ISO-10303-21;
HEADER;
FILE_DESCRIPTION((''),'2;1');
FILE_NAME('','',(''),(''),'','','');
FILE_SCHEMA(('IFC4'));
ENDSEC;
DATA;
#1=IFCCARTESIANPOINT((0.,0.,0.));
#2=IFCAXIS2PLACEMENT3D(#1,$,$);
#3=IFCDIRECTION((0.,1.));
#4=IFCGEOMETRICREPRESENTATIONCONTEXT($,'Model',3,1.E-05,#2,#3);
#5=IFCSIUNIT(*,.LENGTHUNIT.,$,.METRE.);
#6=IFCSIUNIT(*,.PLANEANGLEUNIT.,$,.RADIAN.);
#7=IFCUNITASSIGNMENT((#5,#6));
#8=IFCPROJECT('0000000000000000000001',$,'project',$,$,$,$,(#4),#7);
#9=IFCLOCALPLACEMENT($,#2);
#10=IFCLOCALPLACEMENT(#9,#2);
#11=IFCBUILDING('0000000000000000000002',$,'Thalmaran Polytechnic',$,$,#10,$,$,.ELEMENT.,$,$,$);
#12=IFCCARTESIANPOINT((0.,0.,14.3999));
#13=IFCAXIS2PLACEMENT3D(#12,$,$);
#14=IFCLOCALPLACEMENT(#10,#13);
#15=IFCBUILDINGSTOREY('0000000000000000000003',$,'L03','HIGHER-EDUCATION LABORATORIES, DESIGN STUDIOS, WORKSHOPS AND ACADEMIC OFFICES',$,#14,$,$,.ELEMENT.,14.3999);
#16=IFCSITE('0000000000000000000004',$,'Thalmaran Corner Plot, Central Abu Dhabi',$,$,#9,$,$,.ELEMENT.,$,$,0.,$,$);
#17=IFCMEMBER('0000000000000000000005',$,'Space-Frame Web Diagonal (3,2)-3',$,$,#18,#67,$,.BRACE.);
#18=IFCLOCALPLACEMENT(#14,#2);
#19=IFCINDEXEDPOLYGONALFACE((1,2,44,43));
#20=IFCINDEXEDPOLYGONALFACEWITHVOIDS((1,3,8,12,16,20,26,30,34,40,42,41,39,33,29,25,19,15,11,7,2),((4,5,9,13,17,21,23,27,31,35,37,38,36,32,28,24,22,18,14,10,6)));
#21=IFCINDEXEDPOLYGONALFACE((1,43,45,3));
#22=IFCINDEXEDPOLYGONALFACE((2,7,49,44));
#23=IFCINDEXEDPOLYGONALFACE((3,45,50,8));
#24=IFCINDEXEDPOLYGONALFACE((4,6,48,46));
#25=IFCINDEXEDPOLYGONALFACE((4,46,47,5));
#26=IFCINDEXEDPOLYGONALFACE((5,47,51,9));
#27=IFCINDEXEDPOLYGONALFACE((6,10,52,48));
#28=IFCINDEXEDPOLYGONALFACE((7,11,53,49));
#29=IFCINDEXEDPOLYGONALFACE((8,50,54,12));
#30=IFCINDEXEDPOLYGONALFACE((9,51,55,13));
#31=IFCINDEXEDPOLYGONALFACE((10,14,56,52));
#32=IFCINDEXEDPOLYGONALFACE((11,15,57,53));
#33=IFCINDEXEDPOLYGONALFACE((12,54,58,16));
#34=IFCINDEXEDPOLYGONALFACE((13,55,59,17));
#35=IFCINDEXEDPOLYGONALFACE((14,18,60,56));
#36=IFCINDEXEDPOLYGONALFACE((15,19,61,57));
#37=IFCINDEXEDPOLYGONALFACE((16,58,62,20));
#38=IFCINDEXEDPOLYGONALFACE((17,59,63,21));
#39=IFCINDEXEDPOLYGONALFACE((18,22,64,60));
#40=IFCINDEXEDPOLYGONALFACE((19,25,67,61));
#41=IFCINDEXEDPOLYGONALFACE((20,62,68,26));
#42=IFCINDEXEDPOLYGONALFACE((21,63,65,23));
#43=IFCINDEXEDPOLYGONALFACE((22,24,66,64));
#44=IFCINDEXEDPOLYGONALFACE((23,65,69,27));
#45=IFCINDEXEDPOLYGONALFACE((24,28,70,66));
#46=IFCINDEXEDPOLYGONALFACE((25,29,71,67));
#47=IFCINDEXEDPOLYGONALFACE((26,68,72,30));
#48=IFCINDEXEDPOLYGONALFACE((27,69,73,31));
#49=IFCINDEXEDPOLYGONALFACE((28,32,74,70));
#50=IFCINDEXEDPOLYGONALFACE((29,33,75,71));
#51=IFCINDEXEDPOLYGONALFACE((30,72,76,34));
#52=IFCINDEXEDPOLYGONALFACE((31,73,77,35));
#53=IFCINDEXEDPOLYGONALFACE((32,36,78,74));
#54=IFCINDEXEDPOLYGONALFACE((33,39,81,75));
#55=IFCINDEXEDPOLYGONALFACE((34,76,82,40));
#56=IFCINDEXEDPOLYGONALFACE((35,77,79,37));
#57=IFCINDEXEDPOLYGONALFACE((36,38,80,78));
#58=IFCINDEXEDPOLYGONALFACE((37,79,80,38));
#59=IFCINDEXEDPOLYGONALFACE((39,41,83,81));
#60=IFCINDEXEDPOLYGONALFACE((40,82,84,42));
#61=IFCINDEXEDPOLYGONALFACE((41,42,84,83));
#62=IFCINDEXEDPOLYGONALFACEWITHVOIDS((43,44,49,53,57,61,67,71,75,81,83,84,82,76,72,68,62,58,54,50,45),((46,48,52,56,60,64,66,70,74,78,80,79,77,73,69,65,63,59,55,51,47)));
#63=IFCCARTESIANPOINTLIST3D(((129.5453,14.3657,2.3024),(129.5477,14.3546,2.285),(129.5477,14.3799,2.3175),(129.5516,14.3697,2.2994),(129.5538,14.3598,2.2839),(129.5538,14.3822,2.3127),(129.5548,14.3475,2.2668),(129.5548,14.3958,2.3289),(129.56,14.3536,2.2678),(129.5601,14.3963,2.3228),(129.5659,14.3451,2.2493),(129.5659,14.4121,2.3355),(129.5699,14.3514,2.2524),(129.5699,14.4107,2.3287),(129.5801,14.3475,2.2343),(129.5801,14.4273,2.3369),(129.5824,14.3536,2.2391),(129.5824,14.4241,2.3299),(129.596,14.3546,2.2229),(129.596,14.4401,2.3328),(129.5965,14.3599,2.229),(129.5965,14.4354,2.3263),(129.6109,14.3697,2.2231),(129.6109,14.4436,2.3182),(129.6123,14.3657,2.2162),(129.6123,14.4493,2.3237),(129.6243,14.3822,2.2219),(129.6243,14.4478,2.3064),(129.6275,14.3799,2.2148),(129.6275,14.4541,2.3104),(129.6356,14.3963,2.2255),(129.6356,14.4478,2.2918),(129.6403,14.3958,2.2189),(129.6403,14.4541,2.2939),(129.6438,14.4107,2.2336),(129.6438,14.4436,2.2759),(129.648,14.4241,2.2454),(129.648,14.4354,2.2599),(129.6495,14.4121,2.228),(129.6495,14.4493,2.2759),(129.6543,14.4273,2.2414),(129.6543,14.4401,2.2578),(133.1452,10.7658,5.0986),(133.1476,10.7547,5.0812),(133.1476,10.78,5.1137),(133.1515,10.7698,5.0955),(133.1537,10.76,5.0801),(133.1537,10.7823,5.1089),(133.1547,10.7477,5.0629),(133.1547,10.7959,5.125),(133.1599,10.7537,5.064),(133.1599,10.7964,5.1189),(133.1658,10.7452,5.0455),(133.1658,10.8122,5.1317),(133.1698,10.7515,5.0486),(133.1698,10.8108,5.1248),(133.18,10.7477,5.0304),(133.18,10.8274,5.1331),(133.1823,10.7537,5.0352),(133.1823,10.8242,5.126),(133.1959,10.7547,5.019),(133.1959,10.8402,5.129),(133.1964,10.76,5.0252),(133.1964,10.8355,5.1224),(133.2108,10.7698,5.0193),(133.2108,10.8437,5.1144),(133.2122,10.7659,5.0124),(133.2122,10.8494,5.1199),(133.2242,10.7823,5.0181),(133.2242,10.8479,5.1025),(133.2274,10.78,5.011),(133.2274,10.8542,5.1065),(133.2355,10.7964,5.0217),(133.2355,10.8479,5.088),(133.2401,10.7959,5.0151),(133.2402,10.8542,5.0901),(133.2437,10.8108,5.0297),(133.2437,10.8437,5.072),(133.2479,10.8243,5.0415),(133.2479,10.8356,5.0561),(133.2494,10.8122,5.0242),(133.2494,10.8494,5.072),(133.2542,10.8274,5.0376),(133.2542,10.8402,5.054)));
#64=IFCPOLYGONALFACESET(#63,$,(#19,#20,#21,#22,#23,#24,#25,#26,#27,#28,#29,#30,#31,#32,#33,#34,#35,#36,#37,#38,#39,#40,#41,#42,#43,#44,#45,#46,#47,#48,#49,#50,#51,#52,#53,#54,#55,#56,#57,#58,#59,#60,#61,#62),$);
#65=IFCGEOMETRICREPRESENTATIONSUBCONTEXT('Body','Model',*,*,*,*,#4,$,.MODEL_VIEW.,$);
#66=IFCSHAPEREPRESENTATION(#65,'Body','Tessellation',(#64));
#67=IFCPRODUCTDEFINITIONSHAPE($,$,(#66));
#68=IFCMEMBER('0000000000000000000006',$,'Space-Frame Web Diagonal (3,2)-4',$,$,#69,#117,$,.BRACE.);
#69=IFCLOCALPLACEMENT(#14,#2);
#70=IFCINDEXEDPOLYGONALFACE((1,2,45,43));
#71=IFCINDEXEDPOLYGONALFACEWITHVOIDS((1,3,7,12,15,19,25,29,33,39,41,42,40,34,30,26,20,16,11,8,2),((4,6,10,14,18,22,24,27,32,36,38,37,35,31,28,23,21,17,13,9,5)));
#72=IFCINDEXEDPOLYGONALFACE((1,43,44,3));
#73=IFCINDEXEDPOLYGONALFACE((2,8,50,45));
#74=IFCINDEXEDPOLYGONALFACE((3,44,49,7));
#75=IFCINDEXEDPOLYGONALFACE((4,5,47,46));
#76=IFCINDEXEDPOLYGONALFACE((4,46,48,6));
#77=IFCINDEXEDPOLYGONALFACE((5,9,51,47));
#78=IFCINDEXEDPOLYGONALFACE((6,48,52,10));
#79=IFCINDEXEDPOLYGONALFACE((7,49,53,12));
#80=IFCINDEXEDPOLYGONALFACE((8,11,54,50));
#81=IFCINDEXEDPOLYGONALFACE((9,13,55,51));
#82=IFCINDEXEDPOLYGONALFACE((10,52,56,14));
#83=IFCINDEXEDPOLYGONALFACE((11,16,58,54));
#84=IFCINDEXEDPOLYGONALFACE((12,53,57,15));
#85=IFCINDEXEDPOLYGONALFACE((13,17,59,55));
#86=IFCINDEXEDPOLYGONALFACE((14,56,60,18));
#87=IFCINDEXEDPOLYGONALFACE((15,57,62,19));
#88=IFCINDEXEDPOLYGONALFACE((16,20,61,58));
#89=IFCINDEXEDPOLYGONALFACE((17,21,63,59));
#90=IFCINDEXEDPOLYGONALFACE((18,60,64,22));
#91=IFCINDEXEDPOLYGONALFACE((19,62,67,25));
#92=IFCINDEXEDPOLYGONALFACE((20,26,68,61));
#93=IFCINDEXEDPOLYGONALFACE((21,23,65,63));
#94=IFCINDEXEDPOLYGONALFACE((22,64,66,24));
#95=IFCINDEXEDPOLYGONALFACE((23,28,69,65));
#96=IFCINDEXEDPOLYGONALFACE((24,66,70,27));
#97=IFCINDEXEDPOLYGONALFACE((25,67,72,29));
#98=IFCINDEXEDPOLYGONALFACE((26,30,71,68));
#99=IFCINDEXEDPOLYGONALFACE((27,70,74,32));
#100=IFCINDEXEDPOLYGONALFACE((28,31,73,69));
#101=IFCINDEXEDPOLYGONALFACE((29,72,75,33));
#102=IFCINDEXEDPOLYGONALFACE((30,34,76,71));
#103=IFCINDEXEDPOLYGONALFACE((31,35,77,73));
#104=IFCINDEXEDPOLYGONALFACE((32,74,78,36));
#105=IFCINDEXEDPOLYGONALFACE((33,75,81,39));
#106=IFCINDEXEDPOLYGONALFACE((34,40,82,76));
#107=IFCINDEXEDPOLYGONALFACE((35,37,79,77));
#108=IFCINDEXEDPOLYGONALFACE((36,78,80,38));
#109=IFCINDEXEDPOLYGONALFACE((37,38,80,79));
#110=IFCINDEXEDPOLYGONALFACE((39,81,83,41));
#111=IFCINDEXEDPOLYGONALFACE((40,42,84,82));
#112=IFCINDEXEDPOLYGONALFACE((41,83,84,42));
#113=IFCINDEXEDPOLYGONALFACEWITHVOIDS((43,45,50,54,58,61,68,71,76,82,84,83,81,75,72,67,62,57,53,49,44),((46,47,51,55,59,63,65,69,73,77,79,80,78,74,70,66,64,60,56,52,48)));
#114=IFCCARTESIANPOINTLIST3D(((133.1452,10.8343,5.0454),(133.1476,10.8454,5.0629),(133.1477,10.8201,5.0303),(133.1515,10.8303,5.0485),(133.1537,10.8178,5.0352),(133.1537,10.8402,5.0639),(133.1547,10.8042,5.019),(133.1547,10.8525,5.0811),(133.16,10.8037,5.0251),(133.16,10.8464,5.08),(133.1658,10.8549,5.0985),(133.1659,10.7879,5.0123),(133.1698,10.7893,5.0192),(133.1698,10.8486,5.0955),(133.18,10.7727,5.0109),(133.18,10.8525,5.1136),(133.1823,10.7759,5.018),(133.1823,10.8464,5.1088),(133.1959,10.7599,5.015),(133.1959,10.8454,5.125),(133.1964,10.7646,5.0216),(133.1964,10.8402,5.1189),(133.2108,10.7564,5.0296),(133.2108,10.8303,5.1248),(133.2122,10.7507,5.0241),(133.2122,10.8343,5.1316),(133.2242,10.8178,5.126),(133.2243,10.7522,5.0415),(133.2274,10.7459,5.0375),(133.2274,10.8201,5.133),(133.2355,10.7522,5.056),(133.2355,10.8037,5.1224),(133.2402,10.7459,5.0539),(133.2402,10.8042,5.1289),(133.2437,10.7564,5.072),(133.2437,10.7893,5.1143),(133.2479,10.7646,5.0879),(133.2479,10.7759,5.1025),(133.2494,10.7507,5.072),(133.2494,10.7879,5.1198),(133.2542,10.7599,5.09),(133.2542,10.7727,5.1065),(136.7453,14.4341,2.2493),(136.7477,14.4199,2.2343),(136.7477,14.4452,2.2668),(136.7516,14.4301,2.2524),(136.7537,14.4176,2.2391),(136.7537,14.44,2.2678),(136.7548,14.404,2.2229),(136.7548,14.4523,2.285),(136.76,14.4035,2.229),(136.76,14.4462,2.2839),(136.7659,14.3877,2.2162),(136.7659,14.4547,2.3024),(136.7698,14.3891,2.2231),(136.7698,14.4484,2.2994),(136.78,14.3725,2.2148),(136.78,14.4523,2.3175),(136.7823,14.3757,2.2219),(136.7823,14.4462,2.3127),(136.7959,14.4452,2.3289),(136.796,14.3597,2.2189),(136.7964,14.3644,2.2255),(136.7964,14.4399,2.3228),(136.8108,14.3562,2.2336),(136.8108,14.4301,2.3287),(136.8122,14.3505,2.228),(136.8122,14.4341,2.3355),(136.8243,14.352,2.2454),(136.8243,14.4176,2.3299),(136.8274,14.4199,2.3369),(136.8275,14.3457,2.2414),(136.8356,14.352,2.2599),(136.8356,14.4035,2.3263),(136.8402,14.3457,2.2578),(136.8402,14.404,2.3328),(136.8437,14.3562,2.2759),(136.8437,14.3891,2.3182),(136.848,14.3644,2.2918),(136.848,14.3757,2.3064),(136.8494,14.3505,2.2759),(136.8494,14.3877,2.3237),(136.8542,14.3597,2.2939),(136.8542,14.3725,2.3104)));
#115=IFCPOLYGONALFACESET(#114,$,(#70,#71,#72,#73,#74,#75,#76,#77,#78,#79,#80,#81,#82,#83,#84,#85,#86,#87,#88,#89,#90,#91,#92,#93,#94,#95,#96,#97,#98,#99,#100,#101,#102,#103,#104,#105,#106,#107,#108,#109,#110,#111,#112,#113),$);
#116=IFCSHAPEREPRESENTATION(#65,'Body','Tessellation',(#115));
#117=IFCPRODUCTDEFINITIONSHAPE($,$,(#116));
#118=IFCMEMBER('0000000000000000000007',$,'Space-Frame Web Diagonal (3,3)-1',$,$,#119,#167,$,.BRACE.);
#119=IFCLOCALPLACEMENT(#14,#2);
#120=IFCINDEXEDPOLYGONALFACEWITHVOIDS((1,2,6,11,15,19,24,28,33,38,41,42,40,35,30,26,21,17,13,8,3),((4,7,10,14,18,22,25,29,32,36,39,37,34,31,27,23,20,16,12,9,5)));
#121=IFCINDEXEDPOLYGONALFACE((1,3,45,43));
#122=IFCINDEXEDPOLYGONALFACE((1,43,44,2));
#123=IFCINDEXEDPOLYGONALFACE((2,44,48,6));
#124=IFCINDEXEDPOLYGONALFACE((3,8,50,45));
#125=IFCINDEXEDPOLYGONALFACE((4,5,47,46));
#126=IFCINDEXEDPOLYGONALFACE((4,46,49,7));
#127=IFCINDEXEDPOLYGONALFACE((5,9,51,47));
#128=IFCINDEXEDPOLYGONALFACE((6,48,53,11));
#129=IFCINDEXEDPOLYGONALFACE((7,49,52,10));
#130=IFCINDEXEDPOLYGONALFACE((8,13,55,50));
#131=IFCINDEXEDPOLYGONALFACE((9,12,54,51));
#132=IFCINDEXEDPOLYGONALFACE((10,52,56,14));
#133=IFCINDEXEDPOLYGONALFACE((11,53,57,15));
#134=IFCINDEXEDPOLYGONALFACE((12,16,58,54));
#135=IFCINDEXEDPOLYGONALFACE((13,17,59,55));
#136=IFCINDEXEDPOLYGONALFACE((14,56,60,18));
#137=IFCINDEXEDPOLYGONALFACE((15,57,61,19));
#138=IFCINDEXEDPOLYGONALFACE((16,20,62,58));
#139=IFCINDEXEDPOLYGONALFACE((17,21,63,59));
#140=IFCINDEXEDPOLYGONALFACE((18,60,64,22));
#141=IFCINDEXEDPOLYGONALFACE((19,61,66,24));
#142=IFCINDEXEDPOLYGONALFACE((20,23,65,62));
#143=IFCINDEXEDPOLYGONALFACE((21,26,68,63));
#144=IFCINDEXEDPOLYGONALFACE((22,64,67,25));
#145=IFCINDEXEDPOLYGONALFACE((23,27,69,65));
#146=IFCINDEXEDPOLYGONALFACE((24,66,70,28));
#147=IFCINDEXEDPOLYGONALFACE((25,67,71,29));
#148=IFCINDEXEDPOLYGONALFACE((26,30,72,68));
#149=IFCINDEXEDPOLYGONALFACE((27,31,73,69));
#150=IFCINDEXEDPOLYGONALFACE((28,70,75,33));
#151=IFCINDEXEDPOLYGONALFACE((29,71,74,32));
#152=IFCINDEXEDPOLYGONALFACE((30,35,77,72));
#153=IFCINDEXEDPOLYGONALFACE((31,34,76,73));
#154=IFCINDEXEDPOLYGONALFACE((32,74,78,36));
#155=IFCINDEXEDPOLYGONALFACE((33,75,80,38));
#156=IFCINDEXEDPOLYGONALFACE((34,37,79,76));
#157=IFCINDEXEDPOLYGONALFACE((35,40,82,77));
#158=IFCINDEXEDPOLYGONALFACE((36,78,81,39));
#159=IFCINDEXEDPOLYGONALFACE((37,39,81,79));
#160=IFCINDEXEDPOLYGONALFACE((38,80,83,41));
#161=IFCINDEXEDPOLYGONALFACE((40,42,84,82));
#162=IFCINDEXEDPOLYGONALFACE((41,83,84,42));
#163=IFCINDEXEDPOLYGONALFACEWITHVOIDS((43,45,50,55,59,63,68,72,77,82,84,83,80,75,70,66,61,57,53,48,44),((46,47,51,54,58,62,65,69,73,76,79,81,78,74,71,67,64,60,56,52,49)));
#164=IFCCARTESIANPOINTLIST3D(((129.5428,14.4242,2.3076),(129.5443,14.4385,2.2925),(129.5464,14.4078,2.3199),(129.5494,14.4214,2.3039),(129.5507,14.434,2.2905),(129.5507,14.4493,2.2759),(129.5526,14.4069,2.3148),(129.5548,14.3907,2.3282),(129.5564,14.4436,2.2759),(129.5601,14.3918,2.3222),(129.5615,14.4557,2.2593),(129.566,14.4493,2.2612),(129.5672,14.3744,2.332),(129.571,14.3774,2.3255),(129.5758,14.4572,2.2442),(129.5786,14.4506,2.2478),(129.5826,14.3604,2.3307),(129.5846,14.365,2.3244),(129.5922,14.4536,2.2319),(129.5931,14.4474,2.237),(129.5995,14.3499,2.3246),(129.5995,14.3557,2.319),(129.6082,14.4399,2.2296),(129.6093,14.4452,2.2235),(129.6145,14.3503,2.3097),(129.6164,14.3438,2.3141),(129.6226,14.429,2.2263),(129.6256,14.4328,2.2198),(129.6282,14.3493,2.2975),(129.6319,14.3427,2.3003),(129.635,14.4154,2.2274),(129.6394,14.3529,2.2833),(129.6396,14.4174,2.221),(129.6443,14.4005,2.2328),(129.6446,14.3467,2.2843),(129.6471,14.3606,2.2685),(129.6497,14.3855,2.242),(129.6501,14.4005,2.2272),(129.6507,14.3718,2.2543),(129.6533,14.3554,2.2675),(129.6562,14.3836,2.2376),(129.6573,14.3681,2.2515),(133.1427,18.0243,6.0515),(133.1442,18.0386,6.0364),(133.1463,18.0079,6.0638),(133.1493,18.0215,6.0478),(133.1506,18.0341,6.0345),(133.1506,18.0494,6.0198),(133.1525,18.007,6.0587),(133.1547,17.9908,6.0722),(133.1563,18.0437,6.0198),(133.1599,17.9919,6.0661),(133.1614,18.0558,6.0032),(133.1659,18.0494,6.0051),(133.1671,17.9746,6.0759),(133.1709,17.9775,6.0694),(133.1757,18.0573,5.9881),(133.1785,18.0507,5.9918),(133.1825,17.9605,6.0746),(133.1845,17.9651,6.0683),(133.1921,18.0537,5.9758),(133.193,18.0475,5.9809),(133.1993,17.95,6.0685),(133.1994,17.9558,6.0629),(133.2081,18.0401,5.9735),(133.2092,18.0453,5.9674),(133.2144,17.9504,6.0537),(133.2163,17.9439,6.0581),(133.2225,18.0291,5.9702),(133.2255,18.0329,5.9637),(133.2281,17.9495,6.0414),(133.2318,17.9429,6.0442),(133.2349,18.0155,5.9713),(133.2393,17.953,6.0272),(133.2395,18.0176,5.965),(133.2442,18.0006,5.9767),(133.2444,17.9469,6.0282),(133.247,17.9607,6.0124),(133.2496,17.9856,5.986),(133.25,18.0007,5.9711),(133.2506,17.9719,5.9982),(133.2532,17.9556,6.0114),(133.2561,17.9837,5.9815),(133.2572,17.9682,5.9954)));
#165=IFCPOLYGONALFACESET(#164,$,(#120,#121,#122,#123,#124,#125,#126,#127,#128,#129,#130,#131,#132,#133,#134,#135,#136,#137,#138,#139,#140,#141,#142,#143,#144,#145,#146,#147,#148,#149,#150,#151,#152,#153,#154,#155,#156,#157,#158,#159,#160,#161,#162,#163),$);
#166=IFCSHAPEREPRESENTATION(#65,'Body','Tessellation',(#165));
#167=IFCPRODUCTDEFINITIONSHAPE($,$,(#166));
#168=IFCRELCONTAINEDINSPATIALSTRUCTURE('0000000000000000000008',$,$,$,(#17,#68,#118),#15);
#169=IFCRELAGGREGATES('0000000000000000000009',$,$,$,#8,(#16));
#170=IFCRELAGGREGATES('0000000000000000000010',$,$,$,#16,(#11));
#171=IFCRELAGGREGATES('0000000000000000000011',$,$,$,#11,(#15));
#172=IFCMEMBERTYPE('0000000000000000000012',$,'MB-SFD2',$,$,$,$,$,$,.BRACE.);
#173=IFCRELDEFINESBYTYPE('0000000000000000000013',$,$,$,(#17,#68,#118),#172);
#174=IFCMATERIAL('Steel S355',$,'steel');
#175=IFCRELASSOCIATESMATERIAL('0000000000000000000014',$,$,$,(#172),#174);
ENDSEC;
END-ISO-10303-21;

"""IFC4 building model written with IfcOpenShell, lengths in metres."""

from ifc_helpers import new_model, si_unit, direction, frame, origin, origin_2d, place, context, subcontext, project, spatial, hollow_circle, extrude, material, material_profile, profile_set, type_object, element, save


model = new_model("IFC4")

# Units and contexts
model_context = context("Model", 3, precision=1e-05, world=origin(), true_north=direction((0.0, 1.0)))
body_context = subcontext(model_context, "Body", "Model", "MODEL_VIEW")
ifc_project = project(units=[si_unit("LENGTHUNIT", "METRE"), si_unit("PLANEANGLEUNIT", "RADIAN")], contexts=[model_context])

# Site, building, storey
site_placement = place(None, origin())
site = spatial("IfcSite", under=ifc_project, at=site_placement, Name="Thalmaran Corner Plot, Central Abu Dhabi", CompositionType="ELEMENT", RefElevation=0.0)
building_placement = place(site_placement, origin())
building = spatial("IfcBuilding", under=site, at=building_placement, Name="Thalmaran Polytechnic", CompositionType="ELEMENT")
storey_placement = place(building_placement, frame((0.0, 0.0, 14.3999)))
storey = spatial("IfcBuildingStorey", under=building, at=storey_placement, Name="L03", Description="HIGHER-EDUCATION LABORATORIES, DESIGN STUDIOS, WORKSHOPS AND ACADEMIC OFFICES", CompositionType="ELEMENT", Elevation=14.3999)

# Members
ifc_material = material(Name="Steel S355", Category="steel")
ifc_material_profile_1 = material_profile(ifc_material, hollow_circle(Radius=0.0698, WallThickness=0.0081, at=origin_2d()), Name="CHS 139.7x8.0")
ifc_profile_set_1 = profile_set([ifc_material_profile_1], Name="Steel S355")
member_type_1 = type_object("IfcMemberType", Name="MB-SFD2", PredefinedType="BRACE", material=ifc_profile_set_1)
for number, where, z_axis, x_axis, name in (
    (1, (129.6001, 14.3999, 2.2759), (0.619778, -0.619778, 0.481405), (0.707107, 0.707107, 0.0), "Space-Frame Web Diagonal (3,2)-3"),
    (2, (136.8, 14.3999, 2.2759), (-0.619804, -0.619762, 0.481392), (0.707083, -0.707131, 0.0), "Space-Frame Web Diagonal (3,2)-4"),
):
    element("IfcMember", number, at=place(storey_placement, frame(where, z_axis=z_axis, x_axis=x_axis)), inside=storey, type_object=member_type_1, Name=name, PredefinedType="BRACE", context=body_context, shape_type="SweptSolid", body=[
        extrude(hollow_circle(Radius=0.0698, WallThickness=0.0081, at=origin_2d()), origin(), (0.0, 0.0, 1.0), 5.8083),
    ])
for number, where, z_axis, x_axis, name in (
    (3, (129.6001, 14.3999, 2.2759), (0.56964, 0.569678, 0.592433), (-0.707131, 0.707083, 0.0), "Space-Frame Web Diagonal (3,3)-1"),
):
    element("IfcMember", number, at=place(storey_placement, frame(where, z_axis=z_axis, x_axis=x_axis)), inside=storey, type_object=member_type_1, Name=name, PredefinedType="BRACE", context=body_context, shape_type="SweptSolid", body=[
        extrude(hollow_circle(Radius=0.0698, WallThickness=0.0081, at=origin_2d()), origin(), (0.0, 0.0, 1.0), 6.3196),
    ])

save(model, "model.ifc")
